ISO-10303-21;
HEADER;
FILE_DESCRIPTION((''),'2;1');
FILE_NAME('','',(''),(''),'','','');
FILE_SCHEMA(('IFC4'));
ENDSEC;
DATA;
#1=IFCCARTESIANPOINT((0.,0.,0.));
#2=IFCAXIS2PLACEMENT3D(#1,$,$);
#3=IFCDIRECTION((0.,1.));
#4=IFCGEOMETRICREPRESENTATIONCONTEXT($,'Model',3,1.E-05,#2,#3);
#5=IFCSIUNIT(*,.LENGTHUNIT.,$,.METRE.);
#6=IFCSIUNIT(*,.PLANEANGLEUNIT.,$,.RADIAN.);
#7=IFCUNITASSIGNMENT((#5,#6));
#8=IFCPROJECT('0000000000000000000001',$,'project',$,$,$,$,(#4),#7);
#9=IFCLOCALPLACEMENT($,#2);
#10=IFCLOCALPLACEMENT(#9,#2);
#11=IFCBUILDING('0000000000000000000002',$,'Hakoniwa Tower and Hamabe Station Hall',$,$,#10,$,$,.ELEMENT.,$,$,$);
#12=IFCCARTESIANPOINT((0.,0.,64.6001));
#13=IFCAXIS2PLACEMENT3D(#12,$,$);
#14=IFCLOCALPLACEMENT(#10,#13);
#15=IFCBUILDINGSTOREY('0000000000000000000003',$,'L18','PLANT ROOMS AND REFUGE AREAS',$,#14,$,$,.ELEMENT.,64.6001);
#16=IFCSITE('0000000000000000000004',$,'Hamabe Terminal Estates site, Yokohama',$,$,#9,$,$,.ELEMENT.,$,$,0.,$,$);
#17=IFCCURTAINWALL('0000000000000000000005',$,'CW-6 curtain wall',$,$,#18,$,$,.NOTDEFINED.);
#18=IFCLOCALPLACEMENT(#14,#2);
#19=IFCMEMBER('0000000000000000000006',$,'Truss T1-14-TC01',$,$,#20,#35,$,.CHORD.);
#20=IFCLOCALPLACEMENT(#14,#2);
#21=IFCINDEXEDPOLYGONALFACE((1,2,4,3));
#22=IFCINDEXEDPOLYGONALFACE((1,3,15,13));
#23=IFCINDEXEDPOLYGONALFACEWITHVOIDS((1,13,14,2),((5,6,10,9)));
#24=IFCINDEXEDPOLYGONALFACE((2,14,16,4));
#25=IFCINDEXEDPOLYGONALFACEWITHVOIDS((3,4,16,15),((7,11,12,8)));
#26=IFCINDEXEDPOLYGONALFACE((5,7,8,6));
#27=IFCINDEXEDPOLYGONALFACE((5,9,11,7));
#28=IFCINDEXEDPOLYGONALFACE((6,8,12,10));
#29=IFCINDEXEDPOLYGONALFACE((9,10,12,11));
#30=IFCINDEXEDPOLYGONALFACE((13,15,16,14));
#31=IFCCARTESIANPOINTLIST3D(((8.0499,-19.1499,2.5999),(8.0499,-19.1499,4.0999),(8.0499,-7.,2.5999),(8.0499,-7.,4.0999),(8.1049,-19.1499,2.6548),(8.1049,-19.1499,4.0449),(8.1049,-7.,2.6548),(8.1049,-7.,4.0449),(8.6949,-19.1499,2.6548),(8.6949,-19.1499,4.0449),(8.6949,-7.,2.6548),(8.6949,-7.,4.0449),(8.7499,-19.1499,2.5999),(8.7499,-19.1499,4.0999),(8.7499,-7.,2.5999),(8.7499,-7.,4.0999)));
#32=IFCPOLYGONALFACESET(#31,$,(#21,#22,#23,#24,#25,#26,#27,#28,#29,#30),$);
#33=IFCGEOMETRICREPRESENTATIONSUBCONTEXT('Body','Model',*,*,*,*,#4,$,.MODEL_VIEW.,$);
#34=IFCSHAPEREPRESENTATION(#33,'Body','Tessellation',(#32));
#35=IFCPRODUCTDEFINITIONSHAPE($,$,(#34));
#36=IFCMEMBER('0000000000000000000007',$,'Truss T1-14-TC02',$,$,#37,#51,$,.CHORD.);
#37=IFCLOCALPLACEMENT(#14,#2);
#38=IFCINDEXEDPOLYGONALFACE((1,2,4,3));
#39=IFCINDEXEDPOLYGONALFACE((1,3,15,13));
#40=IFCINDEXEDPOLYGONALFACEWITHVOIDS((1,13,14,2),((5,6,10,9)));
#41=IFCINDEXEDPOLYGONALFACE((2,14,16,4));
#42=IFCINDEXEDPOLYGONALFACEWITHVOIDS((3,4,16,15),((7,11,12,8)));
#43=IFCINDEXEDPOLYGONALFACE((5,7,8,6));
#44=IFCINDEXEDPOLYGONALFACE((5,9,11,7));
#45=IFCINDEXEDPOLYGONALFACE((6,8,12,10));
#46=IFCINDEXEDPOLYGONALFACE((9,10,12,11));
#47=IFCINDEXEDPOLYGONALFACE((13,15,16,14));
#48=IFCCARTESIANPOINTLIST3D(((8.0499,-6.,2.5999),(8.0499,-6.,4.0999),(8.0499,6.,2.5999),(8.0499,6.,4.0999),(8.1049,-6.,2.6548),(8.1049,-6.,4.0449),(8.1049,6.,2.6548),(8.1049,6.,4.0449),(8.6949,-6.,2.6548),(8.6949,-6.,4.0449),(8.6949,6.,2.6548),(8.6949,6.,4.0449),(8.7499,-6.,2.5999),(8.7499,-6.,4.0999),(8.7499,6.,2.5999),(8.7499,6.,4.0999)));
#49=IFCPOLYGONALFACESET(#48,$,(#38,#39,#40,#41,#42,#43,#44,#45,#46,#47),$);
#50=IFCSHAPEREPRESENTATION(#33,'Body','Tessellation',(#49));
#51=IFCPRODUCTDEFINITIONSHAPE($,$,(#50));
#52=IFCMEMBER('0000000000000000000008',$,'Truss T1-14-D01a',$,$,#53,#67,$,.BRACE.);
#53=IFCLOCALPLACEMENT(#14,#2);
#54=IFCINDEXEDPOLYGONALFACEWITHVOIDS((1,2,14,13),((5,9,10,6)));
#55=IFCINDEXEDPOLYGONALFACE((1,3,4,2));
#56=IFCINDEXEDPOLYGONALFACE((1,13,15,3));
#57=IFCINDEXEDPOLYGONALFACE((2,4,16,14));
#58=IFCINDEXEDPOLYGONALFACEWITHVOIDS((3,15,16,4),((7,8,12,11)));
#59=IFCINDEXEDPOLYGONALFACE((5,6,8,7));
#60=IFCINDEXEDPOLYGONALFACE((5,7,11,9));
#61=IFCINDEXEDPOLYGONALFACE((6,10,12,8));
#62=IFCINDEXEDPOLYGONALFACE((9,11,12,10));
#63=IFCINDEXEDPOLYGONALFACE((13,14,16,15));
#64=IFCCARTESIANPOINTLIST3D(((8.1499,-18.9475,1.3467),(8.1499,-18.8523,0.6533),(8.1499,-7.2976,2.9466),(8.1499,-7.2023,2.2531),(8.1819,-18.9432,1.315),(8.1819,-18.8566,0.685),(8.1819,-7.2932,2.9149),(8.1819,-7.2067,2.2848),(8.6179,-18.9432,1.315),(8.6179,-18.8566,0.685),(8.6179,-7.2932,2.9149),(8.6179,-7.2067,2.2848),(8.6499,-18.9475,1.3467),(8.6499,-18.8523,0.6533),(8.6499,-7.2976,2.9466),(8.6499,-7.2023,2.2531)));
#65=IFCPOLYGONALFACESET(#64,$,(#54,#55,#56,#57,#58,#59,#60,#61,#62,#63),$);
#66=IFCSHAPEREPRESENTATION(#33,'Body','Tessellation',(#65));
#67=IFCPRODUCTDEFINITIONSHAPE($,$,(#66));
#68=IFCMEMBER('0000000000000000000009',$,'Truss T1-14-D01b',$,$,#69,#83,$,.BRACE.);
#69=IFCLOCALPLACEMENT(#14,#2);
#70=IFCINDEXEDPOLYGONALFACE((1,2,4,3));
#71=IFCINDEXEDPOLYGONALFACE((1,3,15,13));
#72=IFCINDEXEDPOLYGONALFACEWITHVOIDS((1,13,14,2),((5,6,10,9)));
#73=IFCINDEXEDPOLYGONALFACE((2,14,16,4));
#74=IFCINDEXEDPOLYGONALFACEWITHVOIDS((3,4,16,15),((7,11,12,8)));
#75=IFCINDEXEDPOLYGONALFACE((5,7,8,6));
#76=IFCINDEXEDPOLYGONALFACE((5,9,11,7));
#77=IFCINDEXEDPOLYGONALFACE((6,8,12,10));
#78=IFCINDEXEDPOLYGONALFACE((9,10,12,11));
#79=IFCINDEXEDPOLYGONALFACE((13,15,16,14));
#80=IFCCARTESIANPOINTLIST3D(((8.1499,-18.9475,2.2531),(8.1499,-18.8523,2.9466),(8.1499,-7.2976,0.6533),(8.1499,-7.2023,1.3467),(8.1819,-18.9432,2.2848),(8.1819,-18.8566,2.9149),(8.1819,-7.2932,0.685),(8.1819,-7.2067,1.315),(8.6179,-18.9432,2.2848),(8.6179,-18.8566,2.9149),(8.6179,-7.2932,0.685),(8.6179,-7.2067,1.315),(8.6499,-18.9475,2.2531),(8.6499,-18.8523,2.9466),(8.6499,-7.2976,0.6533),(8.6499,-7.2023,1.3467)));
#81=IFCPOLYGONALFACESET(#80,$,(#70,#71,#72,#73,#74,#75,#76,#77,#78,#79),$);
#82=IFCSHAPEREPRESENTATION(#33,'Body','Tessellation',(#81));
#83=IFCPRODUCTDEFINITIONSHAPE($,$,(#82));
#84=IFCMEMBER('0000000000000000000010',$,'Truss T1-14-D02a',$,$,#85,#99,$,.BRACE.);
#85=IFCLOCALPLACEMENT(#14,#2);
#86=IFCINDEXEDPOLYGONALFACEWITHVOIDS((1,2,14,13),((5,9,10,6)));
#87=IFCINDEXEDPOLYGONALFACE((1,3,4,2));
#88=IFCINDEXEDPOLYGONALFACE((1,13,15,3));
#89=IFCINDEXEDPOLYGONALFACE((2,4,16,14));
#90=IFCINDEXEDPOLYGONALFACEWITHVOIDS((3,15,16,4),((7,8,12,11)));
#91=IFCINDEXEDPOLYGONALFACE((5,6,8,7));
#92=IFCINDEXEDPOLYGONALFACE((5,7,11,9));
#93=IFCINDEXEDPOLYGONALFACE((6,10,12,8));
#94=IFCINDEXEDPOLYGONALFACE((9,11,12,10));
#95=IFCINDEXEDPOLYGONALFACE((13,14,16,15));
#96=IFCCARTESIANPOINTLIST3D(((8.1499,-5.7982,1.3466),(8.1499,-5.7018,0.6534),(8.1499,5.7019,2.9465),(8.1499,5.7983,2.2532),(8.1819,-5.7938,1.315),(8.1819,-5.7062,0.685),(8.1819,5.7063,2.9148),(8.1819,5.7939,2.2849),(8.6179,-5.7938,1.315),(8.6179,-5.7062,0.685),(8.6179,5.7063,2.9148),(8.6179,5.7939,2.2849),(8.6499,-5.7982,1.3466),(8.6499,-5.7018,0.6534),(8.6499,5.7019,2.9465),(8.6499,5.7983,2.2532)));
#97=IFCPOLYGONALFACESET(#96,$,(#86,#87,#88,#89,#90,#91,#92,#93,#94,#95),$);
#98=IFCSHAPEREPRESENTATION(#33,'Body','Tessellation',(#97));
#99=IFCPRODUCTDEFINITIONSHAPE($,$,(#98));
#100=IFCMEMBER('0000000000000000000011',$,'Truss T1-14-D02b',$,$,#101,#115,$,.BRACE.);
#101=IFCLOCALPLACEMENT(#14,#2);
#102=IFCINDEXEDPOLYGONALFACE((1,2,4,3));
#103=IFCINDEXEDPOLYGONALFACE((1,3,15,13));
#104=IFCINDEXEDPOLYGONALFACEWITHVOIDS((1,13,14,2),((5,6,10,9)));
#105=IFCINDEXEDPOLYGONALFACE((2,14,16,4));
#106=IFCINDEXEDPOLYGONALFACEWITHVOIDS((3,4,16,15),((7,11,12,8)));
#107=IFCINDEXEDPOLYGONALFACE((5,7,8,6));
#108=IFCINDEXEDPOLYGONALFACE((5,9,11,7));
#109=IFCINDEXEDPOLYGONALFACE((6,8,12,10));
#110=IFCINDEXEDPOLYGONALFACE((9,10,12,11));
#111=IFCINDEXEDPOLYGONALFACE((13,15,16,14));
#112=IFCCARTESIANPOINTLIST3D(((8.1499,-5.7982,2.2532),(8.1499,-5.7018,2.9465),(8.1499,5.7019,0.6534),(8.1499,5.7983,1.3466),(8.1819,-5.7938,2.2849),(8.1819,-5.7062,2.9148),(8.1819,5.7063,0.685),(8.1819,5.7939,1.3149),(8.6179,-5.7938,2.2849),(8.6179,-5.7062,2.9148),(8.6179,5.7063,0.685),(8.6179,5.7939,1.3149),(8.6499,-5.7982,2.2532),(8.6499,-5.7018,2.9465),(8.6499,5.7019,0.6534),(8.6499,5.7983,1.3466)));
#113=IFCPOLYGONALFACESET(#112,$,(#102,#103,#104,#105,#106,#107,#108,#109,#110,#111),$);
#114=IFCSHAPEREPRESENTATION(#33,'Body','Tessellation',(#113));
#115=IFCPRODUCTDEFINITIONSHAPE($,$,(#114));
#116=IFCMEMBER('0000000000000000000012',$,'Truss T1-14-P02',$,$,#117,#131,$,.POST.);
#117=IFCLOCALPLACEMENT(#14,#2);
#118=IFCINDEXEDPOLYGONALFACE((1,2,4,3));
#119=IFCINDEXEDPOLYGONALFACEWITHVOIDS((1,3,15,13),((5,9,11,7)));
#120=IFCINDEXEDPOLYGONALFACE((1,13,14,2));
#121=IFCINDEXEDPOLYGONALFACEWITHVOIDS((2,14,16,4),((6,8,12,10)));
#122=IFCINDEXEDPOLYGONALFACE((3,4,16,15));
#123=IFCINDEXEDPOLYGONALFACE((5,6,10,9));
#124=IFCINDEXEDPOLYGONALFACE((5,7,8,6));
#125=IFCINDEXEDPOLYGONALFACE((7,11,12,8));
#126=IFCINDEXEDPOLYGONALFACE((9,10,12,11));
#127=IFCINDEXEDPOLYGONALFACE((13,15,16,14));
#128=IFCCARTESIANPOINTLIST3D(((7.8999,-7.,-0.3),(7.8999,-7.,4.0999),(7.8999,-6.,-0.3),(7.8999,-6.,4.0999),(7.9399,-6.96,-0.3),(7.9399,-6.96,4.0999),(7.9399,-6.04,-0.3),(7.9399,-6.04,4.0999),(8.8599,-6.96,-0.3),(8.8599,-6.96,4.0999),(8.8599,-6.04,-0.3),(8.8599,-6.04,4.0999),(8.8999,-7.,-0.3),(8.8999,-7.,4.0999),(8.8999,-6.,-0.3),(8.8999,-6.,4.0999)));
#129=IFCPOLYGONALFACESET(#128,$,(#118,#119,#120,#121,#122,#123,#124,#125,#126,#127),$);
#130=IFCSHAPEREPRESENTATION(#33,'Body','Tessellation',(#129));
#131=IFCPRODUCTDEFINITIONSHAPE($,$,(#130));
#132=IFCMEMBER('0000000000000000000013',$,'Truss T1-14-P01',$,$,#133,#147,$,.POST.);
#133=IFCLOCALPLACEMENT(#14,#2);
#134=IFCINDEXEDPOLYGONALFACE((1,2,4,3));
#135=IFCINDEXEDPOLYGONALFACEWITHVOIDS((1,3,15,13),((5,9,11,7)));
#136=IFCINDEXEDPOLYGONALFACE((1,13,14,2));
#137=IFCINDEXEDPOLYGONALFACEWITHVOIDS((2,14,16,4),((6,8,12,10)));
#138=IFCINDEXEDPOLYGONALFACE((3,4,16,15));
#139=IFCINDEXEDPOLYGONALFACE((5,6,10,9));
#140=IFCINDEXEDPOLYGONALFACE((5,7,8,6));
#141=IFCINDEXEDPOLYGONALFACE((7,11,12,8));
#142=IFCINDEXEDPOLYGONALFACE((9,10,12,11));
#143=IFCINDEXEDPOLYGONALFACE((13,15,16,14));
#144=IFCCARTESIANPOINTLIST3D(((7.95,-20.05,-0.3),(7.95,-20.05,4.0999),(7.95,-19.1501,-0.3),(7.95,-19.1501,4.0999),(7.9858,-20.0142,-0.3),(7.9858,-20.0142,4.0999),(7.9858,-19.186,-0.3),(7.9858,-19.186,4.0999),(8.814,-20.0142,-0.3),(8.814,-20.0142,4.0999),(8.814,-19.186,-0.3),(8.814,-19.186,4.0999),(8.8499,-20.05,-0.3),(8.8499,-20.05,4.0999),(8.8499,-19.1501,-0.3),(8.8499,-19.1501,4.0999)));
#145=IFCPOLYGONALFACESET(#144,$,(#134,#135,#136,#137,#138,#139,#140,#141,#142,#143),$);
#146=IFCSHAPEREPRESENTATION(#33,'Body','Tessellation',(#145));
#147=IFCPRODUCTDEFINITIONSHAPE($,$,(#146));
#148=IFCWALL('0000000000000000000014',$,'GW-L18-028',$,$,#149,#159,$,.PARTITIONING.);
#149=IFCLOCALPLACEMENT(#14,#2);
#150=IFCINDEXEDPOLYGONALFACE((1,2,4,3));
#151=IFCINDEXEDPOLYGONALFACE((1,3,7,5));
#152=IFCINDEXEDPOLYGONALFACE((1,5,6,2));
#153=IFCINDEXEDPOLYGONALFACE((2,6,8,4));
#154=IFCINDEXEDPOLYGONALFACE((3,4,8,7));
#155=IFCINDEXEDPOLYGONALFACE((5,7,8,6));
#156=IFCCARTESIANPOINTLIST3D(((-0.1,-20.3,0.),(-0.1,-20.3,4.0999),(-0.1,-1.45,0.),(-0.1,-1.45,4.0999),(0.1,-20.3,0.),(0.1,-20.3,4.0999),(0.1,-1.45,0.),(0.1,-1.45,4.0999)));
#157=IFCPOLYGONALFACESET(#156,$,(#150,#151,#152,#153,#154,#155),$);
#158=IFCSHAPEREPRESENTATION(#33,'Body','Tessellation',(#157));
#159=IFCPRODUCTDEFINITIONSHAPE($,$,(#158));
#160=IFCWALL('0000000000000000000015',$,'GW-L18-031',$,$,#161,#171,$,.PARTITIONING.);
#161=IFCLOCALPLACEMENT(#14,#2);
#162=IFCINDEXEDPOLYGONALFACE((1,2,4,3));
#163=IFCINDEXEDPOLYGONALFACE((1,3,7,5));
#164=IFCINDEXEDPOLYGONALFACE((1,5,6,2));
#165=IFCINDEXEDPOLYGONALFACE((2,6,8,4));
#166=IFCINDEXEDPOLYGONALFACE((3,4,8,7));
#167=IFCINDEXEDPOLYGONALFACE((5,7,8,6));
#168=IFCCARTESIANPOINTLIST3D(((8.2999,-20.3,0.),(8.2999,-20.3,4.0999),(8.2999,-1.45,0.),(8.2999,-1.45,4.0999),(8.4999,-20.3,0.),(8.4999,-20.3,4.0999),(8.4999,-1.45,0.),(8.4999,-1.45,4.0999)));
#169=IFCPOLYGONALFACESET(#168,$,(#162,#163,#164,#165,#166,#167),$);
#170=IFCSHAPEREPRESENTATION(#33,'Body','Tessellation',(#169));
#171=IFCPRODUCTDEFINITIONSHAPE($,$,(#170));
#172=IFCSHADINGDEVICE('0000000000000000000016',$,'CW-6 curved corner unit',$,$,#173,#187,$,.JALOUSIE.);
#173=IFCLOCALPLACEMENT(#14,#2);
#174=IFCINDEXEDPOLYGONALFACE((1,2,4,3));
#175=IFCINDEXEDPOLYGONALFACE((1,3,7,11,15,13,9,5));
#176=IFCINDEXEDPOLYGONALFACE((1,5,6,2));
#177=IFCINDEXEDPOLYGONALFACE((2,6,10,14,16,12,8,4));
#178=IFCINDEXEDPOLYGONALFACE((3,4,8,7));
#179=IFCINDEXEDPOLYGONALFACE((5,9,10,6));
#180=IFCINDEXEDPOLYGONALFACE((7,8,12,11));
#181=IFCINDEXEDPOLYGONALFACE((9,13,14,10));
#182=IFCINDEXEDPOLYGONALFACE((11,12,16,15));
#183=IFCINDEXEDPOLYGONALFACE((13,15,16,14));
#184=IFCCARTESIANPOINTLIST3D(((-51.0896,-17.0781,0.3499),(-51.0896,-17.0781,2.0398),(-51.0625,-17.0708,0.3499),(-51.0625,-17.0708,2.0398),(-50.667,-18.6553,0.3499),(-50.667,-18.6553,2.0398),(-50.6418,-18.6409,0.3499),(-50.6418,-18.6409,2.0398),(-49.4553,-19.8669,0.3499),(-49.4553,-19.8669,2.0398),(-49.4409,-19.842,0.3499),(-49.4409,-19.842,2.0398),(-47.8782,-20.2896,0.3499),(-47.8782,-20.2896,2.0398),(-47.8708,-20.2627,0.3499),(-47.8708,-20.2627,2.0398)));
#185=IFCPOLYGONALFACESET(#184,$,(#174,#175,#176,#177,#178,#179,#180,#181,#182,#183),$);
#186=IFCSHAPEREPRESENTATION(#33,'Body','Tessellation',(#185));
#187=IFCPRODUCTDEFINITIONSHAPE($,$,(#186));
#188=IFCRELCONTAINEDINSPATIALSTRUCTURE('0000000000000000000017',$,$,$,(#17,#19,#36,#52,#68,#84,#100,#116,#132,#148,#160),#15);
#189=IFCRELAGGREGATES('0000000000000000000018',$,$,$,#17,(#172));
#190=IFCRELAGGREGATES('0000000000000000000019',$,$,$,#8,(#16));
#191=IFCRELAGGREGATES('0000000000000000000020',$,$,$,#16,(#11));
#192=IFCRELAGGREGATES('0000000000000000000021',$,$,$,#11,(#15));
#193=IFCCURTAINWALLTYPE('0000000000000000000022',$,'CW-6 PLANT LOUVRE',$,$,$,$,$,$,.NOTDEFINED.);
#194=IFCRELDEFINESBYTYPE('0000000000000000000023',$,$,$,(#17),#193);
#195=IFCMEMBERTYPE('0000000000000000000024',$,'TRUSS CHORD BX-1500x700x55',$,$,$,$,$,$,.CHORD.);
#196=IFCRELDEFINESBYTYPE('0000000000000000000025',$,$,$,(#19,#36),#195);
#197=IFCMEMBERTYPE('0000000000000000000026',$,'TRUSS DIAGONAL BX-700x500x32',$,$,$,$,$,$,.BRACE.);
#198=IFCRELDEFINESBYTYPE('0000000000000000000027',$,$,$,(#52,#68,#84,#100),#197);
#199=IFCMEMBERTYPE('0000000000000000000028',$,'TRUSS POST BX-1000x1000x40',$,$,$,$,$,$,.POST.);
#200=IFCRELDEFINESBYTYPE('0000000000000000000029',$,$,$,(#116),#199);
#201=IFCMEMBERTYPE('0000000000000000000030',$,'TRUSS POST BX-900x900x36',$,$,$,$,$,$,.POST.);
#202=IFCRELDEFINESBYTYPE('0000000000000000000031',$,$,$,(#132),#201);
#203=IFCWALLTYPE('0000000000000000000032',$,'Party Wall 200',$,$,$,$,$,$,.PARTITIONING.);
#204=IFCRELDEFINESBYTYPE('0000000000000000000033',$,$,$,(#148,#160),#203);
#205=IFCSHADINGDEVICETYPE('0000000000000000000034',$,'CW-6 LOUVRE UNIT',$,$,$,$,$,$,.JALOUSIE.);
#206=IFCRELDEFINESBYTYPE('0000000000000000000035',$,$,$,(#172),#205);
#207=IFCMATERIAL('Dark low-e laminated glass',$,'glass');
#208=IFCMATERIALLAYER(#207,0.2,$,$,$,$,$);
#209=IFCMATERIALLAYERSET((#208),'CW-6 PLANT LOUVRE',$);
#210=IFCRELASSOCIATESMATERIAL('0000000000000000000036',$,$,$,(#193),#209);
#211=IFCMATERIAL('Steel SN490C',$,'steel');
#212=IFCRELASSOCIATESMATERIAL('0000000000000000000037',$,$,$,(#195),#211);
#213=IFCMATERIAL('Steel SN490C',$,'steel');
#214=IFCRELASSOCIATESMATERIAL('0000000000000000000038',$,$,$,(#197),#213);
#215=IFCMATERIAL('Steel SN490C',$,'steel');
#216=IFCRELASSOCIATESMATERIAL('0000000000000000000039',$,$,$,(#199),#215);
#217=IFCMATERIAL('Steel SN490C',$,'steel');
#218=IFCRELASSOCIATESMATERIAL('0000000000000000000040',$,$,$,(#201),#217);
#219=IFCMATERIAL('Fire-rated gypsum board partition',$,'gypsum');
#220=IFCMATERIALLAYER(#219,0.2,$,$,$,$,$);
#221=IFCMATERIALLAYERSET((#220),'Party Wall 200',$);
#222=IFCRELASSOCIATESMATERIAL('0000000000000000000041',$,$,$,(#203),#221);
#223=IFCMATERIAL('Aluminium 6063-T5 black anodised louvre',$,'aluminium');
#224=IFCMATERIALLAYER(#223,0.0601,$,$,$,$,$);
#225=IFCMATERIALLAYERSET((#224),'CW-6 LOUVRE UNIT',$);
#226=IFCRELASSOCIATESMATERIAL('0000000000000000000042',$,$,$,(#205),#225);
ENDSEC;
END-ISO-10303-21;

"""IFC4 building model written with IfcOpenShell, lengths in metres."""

from ifc_helpers import new_model, si_unit, direction, frame, frame_2d, origin, origin_2d, place, context, subcontext, project, spatial, polyline, rectangle, hollow_rectangle, outline, extrude, material, layer, layer_set, material_profile, profile_set, type_object, element, aggregate, save


model = new_model("IFC4")

# Units and contexts
model_context = context("Model", 3, precision=1e-05, world=origin(), true_north=direction((0.0, 1.0)))
body_context = subcontext(model_context, "Body", "Model", "MODEL_VIEW")
ifc_project = project(units=[si_unit("LENGTHUNIT", "METRE"), si_unit("PLANEANGLEUNIT", "RADIAN")], contexts=[model_context])

# Site, building, storey
site_placement = place(None, origin())
site = spatial("IfcSite", under=ifc_project, at=site_placement, Name="Hamabe Terminal Estates site, Yokohama", CompositionType="ELEMENT", RefElevation=0.0)
building_placement = place(site_placement, origin())
building = spatial("IfcBuilding", under=site, at=building_placement, Name="Hakoniwa Tower and Hamabe Station Hall", CompositionType="ELEMENT")
storey_placement = place(building_placement, frame((0.0, 0.0, 64.6001)))
storey = spatial("IfcBuildingStorey", under=building, at=storey_placement, Name="L18", Description="PLANT ROOMS AND REFUGE AREAS", CompositionType="ELEMENT", Elevation=64.6001)

# Curtain wall
ifc_material_1 = material(Name="Dark low-e laminated glass", Category="glass")
ifc_layer_1 = layer(ifc_material_1, 0.2)
ifc_layer_set_1 = layer_set([ifc_layer_1], Name="CW-6 PLANT LOUVRE")
curtain_wall_type = type_object("IfcCurtainWallType", Name="CW-6 PLANT LOUVRE", PredefinedType="NOTDEFINED", material=ifc_layer_set_1)
curtain_wall_1_placement = place(storey_placement, origin())
curtain_wall_1 = element("IfcCurtainWall", 1, at=curtain_wall_1_placement, inside=storey, type_object=curtain_wall_type, Name="CW-6 curtain wall", PredefinedType="NOTDEFINED")

# Members
ifc_material_2 = material(Name="Steel SN490C", Category="steel")
ifc_material_profile_1 = material_profile(ifc_material_2, hollow_rectangle(XDim=0.7, YDim=1.5, WallThickness=0.0549, at=origin_2d()), Name="BX-1500x700x55")
ifc_profile_set_1 = profile_set([ifc_material_profile_1], Name="Steel SN490C")
member_type_1 = type_object("IfcMemberType", Name="TRUSS CHORD BX-1500x700x55", PredefinedType="CHORD", material=ifc_profile_set_1)
member_1_placement = place(storey_placement, frame((8.3999, -19.1499, 3.3499), z_axis=(0.0, 1.0, 0.0), x_axis=(-1.0, 0.0, 0.0)))
element("IfcMember", 2, at=member_1_placement, inside=storey, type_object=member_type_1, Name="Truss T1-14-TC01", PredefinedType="CHORD", context=body_context, shape_type="SweptSolid", body=[
    extrude(hollow_rectangle(XDim=0.7, YDim=1.5, WallThickness=0.0549, at=origin_2d()), origin(), (0.0, 0.0, 1.0), 12.1499),
])
member_2_placement = place(storey_placement, frame((8.3999, -6.0, 3.3499), z_axis=(0.0, 1.0, 0.0), x_axis=(-1.0, 0.0, 0.0)))
element("IfcMember", 3, at=member_2_placement, inside=storey, type_object=member_type_1, Name="Truss T1-14-TC02", PredefinedType="CHORD", context=body_context, shape_type="SweptSolid", body=[
    extrude(hollow_rectangle(XDim=0.7, YDim=1.5, WallThickness=0.0549, at=origin_2d()), origin(), (0.0, 0.0, 1.0), 12.0),
])
ifc_material_3 = material(Name="Steel SN490C", Category="steel")
ifc_material_profile_2 = material_profile(ifc_material_3, hollow_rectangle(XDim=0.5, YDim=0.7, WallThickness=0.032, at=origin_2d()), Name="BX-700x500x32")
ifc_profile_set_2 = profile_set([ifc_material_profile_2], Name="Steel SN490C")
member_type_2 = type_object("IfcMemberType", Name="TRUSS DIAGONAL BX-700x500x32", PredefinedType="BRACE", material=ifc_profile_set_2)
for number, where, z_axis, x_axis, name in (
    (4, (8.3999, -18.8999, 1.0), (0.0, 0.990702, 0.136051), (-1.0, 0.0, 0.0), "Truss T1-14-D01a"),
    (5, (8.3999, -18.8999, 2.5999), (0.0, 0.990702, -0.136051), (-1.0, 0.0, 0.0), "Truss T1-14-D01b"),
):
    element("IfcMember", number, at=place(storey_placement, frame(where, z_axis=z_axis, x_axis=x_axis)), inside=storey, type_object=member_type_2, Name=name, PredefinedType="BRACE", context=body_context, shape_type="SweptSolid", body=[
        extrude(hollow_rectangle(XDim=0.5, YDim=0.7, WallThickness=0.032, at=origin_2d()), origin(), (0.0, 0.0, 1.0), 11.7593),
    ])
for number, where, z_axis, x_axis, name in (
    (6, (8.3999, -5.75, 1.0), (0.0, 0.990461, 0.137791), (-1.0, 0.0, 0.0), "Truss T1-14-D02a"),
    (7, (8.3999, -5.75, 2.5999), (0.0, 0.990461, -0.137791), (-1.0, 0.0, 0.0), "Truss T1-14-D02b"),
):
    element("IfcMember", number, at=place(storey_placement, frame(where, z_axis=z_axis, x_axis=x_axis)), inside=storey, type_object=member_type_2, Name=name, PredefinedType="BRACE", context=body_context, shape_type="SweptSolid", body=[
        extrude(hollow_rectangle(XDim=0.5, YDim=0.7, WallThickness=0.032, at=origin_2d()), origin(), (0.0, 0.0, 1.0), 11.6108),
    ])
ifc_material_4 = material(Name="Steel SN490C", Category="steel")
ifc_material_profile_3 = material_profile(ifc_material_4, hollow_rectangle(XDim=1.0, YDim=1.0, WallThickness=0.04, at=origin_2d()), Name="BX-1000x1000x40")
ifc_profile_set_3 = profile_set([ifc_material_profile_3], Name="Steel SN490C")
member_type_3 = type_object("IfcMemberType", Name="TRUSS POST BX-1000x1000x40", PredefinedType="POST", material=ifc_profile_set_3)
member_3_placement = place(storey_placement, frame((8.3999, -6.5, -0.3), z_axis=(0.0, 0.0, 1.0), x_axis=(1.0, 0.0, 0.0)))
element("IfcMember", 8, at=member_3_placement, inside=storey, type_object=member_type_3, Name="Truss T1-14-P02", PredefinedType="POST", context=body_context, shape_type="SweptSolid", body=[
    extrude(hollow_rectangle(XDim=1.0, YDim=1.0, WallThickness=0.04, at=origin_2d()), origin(), (0.0, 0.0, 1.0), 4.3999),
])
ifc_material_5 = material(Name="Steel SN490C", Category="steel")
ifc_material_profile_4 = material_profile(ifc_material_5, hollow_rectangle(XDim=0.8999, YDim=0.8999, WallThickness=0.0359, at=origin_2d()), Name="BX-900x900x36")
ifc_profile_set_4 = profile_set([ifc_material_profile_4], Name="Steel SN490C")
member_type_4 = type_object("IfcMemberType", Name="TRUSS POST BX-900x900x36", PredefinedType="POST", material=ifc_profile_set_4)
member_4_placement = place(storey_placement, frame((8.3999, -19.6001, -0.3), z_axis=(0.0, 0.0, 1.0), x_axis=(1.0, 0.0, 0.0)))
element("IfcMember", 9, at=member_4_placement, inside=storey, type_object=member_type_4, Name="Truss T1-14-P01", PredefinedType="POST", context=body_context, shape_type="SweptSolid", body=[
    extrude(hollow_rectangle(XDim=0.8999, YDim=0.8999, WallThickness=0.0359, at=origin_2d()), origin(), (0.0, 0.0, 1.0), 4.3999),
])

# Walls
ifc_material_6 = material(Name="Fire-rated gypsum board partition", Category="gypsum")
ifc_layer_2 = layer(ifc_material_6, 0.2)
ifc_layer_set_2 = layer_set([ifc_layer_2], Name="Party Wall 200")
wall_type = type_object("IfcWallType", Name="Party Wall 200", PredefinedType="PARTITIONING", material=ifc_layer_set_2)
for number, where, z_axis, x_axis, name in (
    (10, (0.0, -20.3, 0.0), (0.0, 0.0, 1.0), (0.0, 1.0, 0.0), "GW-L18-028"),
    (11, (8.3999, -20.3, 0.0), (0.0, 0.0, 1.0), (0.0, 1.0, 0.0), "GW-L18-031"),
):
    element("IfcWall", number, at=place(storey_placement, frame(where, z_axis=z_axis, x_axis=x_axis)), inside=storey, type_object=wall_type, Name=name, PredefinedType="PARTITIONING", context=body_context, shape_type="SweptSolid", body=[
        extrude(rectangle(XDim=18.8501, YDim=0.2, at=frame_2d((9.425, 0.0))), origin(), (0.0, 0.0, 1.0), 4.0999),
    ])

# Shading device
ifc_material_7 = material(Name="Aluminium 6063-T5 black anodised louvre", Category="aluminium")
ifc_layer_3 = layer(ifc_material_7, 0.0601)
ifc_layer_set_3 = layer_set([ifc_layer_3], Name="CW-6 LOUVRE UNIT")
shading_device_type = type_object("IfcShadingDeviceType", Name="CW-6 LOUVRE UNIT", PredefinedType="JALOUSIE", material=ifc_layer_set_3)
shading_device_1_placement = place(storey_placement, frame((0.0, 0.0, 0.3499)))
shading_device_1 = element("IfcShadingDevice", 12, at=shading_device_1_placement, type_object=shading_device_type, Name="CW-6 curved corner unit", PredefinedType="JALOUSIE", context=body_context, shape_type="SweptSolid", body=[
    extrude(outline(polyline([(-51.0896, -17.0781), (-50.667, -18.6553), (-49.4553, -19.8669), (-47.8782, -20.2896), (-47.8708, -20.2627), (-49.4409, -19.842), (-50.6418, -18.6409), (-51.0625, -17.0708), (-51.0896, -17.0781)])), origin(), (0.0, 0.0, 1.0), 1.6899),
])
aggregate(curtain_wall_1, [shading_device_1])

save(model, "model.ifc")
